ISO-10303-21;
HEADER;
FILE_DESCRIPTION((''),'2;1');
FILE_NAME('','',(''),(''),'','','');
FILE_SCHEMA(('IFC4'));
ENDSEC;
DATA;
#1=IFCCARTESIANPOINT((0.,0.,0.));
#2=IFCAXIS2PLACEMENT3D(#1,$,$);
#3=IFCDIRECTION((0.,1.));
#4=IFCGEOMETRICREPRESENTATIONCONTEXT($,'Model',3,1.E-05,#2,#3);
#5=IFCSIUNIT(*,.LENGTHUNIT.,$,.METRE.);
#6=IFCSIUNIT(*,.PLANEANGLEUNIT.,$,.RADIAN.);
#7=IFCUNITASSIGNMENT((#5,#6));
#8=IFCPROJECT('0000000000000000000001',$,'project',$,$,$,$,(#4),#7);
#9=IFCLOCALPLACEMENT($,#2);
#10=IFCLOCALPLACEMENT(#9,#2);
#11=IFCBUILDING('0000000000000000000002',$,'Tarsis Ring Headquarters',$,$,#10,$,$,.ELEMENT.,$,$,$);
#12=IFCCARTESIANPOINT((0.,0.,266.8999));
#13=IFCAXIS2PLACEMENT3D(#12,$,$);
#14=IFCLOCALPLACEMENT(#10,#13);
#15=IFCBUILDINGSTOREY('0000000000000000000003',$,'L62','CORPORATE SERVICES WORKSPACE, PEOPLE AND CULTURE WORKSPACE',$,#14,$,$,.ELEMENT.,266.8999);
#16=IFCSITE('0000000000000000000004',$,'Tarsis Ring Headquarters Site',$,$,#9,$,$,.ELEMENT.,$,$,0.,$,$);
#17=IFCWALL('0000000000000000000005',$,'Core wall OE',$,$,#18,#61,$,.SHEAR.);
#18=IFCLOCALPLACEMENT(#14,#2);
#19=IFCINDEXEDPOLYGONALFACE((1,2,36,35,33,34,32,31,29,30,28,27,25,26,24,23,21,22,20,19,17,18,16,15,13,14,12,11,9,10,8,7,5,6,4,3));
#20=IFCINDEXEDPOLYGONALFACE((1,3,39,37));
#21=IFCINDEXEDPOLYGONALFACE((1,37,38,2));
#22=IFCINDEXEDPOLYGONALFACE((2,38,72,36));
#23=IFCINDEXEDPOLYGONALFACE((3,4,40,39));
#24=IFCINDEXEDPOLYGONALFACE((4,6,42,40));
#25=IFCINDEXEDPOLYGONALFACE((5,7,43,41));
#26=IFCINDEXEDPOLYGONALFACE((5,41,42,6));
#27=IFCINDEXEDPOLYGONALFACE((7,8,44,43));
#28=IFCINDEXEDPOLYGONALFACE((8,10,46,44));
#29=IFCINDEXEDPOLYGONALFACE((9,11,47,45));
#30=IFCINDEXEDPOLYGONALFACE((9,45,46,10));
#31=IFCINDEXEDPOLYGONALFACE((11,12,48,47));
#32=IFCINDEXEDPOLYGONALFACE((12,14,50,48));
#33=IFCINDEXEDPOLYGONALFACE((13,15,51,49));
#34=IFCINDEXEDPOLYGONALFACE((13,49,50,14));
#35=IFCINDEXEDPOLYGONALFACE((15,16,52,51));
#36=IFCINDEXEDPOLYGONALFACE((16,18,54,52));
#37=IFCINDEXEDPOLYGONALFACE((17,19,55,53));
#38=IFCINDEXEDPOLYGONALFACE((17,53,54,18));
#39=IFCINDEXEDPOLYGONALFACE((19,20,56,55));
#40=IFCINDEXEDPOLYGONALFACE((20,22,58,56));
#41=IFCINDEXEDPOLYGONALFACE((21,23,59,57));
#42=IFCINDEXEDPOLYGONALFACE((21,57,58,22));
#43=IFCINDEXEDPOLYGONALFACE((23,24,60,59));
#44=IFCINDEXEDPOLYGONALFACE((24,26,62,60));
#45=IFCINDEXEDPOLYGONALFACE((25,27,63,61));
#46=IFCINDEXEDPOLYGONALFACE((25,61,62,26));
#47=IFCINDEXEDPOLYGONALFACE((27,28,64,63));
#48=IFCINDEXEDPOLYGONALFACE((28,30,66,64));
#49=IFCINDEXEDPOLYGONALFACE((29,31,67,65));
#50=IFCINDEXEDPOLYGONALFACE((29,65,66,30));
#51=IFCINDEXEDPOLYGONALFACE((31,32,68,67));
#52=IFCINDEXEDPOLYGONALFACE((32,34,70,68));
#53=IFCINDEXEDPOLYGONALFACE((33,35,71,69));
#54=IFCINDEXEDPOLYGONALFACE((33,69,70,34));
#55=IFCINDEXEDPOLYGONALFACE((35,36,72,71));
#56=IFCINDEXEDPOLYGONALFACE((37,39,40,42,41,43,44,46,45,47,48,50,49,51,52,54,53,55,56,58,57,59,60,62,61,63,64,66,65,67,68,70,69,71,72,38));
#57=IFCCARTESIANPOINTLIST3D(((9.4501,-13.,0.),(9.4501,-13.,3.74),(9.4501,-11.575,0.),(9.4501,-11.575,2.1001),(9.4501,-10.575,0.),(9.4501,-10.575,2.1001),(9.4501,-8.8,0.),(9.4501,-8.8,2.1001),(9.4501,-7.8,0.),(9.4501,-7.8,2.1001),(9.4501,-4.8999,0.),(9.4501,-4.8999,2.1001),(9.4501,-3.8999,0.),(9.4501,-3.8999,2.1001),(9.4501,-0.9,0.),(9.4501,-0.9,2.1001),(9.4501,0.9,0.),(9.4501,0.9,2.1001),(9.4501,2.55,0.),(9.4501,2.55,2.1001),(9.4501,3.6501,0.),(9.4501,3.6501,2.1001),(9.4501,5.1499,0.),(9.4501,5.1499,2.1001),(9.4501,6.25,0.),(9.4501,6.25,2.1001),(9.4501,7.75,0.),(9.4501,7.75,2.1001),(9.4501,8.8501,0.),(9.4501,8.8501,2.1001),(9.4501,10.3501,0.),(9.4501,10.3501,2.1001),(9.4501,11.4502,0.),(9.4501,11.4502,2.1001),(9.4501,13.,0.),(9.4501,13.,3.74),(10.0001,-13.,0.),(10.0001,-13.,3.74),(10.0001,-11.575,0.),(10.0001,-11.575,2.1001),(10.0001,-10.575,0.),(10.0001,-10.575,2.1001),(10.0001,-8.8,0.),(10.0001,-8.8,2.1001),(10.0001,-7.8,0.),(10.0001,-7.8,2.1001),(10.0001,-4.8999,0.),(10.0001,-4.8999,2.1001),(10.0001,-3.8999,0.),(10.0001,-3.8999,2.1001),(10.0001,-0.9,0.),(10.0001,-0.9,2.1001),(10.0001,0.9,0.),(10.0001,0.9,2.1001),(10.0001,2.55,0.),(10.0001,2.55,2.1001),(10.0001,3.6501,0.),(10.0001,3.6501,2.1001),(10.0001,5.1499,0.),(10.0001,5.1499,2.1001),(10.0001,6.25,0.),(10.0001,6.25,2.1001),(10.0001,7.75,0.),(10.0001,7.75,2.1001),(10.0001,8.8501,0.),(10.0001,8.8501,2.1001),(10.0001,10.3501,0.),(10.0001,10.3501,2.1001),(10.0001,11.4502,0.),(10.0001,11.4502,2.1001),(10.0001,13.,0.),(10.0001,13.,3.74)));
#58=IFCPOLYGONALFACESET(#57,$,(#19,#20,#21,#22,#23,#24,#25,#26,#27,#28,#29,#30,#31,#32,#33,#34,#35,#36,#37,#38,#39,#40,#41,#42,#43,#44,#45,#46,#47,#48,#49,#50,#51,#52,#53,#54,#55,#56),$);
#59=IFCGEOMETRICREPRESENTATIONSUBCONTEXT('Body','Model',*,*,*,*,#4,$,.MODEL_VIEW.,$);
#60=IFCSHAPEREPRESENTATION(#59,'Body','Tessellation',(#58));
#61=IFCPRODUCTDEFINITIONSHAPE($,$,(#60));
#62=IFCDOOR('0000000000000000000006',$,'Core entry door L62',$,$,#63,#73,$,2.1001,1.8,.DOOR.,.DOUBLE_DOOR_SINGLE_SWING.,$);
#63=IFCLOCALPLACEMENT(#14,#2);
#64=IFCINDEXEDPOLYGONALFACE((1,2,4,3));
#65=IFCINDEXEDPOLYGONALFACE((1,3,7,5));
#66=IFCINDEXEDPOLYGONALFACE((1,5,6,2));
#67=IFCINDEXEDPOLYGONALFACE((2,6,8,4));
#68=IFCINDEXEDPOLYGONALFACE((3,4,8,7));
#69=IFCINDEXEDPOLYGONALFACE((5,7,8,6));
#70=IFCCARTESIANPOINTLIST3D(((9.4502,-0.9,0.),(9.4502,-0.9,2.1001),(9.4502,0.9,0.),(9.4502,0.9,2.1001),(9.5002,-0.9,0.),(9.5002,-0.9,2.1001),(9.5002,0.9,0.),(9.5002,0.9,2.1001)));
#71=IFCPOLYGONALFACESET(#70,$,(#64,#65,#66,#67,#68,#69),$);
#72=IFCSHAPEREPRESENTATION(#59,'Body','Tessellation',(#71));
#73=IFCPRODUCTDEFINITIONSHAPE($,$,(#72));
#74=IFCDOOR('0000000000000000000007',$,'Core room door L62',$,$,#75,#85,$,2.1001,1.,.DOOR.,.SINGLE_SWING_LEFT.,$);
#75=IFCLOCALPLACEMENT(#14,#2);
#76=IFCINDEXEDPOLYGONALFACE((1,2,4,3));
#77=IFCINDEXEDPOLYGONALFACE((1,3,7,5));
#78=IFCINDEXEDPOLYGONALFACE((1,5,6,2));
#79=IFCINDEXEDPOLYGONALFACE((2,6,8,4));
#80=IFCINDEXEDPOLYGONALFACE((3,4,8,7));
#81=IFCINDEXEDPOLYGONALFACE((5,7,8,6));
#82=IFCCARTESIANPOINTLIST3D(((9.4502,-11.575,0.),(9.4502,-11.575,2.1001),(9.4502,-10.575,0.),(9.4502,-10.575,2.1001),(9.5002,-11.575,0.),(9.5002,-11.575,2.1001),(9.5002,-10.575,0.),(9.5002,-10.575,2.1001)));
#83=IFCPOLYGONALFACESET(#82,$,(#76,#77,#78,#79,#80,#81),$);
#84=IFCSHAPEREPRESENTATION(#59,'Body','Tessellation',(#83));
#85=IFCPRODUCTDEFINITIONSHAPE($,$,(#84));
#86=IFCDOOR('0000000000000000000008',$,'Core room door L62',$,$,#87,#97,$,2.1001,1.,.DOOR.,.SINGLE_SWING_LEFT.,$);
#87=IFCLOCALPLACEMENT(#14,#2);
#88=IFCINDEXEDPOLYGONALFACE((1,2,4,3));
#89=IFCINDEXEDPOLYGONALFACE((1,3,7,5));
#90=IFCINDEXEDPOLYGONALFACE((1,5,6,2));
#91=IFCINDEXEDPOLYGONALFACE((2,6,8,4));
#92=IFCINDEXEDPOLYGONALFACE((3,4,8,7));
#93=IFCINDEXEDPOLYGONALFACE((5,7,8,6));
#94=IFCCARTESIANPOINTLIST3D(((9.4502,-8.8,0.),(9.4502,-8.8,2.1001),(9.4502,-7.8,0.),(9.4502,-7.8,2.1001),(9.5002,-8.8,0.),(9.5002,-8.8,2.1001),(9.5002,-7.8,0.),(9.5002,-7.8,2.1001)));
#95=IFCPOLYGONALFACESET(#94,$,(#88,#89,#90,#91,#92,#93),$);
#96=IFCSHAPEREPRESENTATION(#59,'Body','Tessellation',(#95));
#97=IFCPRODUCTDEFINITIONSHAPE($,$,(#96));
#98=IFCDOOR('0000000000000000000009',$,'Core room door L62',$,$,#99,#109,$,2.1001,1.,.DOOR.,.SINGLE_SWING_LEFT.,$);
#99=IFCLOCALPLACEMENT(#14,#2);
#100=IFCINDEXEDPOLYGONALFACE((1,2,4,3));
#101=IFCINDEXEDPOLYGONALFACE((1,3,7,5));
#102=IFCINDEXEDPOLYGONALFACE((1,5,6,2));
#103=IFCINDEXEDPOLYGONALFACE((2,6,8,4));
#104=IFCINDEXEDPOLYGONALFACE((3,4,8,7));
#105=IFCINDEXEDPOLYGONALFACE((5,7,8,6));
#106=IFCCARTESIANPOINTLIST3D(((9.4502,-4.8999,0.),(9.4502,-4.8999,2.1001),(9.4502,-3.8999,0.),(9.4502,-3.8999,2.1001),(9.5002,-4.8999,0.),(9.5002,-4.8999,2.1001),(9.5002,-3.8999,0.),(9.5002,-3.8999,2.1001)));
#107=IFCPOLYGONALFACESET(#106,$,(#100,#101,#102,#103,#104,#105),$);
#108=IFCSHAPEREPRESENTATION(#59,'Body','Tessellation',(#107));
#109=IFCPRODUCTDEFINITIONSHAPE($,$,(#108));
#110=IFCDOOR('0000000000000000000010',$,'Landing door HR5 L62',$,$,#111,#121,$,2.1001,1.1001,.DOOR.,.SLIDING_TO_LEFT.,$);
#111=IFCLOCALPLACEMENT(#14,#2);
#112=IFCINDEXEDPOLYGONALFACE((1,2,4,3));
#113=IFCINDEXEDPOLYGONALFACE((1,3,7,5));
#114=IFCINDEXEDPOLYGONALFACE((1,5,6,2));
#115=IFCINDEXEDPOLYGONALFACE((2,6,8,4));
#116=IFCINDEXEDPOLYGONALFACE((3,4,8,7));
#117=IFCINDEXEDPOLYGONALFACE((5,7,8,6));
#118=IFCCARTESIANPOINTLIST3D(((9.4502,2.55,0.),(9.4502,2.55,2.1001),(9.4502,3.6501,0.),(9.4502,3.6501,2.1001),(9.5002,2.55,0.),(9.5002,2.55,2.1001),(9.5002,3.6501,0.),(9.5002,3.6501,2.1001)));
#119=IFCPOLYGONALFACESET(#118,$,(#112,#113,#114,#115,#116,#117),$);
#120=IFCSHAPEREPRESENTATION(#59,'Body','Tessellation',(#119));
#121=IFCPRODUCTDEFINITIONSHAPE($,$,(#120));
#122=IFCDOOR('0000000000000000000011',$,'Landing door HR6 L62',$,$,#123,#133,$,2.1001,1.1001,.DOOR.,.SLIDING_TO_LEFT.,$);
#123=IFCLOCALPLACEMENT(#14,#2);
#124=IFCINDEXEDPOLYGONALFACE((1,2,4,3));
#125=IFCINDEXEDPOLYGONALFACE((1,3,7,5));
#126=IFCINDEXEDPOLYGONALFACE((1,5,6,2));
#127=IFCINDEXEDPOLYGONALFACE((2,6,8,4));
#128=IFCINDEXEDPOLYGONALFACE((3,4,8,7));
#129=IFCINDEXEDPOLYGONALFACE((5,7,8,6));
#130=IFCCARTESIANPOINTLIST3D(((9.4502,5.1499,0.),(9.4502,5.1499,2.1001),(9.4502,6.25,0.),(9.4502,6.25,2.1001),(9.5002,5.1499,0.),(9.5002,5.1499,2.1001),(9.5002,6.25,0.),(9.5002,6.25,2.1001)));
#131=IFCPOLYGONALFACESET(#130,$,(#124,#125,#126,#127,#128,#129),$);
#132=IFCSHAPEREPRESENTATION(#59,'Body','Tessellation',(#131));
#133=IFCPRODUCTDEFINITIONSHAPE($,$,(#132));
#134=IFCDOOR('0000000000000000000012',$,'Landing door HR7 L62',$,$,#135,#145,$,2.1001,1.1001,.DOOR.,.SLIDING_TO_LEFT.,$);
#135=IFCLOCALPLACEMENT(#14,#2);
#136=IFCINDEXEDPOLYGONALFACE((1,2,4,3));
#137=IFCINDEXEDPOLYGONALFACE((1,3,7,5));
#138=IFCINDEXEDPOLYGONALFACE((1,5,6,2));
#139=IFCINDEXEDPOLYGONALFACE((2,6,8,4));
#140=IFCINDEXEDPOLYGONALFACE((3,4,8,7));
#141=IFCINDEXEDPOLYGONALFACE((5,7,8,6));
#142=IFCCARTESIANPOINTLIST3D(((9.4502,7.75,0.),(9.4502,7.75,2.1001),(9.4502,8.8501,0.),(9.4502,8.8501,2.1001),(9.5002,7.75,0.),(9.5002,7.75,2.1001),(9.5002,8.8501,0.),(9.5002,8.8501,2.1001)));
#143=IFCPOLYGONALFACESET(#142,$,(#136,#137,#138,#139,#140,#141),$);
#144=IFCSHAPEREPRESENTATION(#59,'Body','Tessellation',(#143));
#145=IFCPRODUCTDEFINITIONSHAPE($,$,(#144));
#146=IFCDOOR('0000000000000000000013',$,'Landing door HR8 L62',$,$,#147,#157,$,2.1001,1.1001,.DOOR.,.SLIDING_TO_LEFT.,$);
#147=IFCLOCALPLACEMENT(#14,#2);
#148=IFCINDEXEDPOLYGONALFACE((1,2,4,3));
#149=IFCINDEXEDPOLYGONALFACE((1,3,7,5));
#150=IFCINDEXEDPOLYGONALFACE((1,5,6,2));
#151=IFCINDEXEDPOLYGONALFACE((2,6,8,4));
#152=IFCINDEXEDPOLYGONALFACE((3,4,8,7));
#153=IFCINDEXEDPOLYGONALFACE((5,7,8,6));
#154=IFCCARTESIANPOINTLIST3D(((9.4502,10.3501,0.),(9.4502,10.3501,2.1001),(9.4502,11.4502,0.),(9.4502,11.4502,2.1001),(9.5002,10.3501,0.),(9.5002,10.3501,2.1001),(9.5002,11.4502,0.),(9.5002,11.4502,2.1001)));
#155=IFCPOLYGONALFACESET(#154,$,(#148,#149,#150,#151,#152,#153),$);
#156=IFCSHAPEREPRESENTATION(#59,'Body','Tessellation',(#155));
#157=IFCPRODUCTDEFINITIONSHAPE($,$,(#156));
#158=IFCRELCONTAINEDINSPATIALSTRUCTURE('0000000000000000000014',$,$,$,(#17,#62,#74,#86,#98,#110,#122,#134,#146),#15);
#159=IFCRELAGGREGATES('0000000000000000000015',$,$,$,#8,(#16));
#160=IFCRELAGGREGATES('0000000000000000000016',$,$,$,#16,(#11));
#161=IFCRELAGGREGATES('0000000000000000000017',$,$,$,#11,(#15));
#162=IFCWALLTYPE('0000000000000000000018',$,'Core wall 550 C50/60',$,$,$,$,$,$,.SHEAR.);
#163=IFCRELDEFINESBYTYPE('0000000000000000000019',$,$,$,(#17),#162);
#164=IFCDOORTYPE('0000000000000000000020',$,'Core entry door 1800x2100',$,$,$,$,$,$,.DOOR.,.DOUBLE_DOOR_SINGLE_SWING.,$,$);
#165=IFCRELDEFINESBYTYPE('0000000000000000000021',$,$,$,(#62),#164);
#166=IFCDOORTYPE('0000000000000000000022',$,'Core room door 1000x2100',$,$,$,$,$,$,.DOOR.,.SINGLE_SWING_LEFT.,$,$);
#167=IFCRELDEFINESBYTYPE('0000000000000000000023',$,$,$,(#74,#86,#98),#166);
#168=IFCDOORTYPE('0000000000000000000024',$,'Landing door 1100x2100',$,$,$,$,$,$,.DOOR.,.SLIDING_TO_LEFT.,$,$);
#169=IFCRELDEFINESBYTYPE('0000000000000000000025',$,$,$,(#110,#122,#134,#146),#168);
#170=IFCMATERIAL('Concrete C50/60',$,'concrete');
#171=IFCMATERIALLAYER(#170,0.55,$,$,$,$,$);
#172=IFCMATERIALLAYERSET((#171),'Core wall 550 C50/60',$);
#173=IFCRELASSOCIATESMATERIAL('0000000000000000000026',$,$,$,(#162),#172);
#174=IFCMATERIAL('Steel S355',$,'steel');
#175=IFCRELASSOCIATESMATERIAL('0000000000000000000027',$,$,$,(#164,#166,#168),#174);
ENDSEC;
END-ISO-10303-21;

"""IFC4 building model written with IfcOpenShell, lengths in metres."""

from ifc_helpers import new_model, si_unit, direction, frame, frame_2d, origin, place, context, subcontext, project, spatial, rectangle, extrude, material, layer, layer_set, type_object, element, fill, save


model = new_model("IFC4")

# Units and contexts
model_context = context("Model", 3, precision=1e-05, world=origin(), true_north=direction((0.0, 1.0)))
body_context = subcontext(model_context, "Body", "Model", "MODEL_VIEW")
ifc_project = project(units=[si_unit("LENGTHUNIT", "METRE"), si_unit("PLANEANGLEUNIT", "RADIAN")], contexts=[model_context])

# Site, building, storey
site_placement = place(None, origin())
site = spatial("IfcSite", under=ifc_project, at=site_placement, Name="Tarsis Ring Headquarters Site", CompositionType="ELEMENT", RefElevation=0.0)
building_placement = place(site_placement, origin())
building = spatial("IfcBuilding", under=site, at=building_placement, Name="Tarsis Ring Headquarters", CompositionType="ELEMENT")
storey_placement = place(building_placement, frame((0.0, 0.0, 266.8999)))
storey = spatial("IfcBuildingStorey", under=building, at=storey_placement, Name="L62", Description="CORPORATE SERVICES WORKSPACE, PEOPLE AND CULTURE WORKSPACE", CompositionType="ELEMENT", Elevation=266.8999)

# Wall, openings, doors
ifc_material_1 = material(Name="Concrete C50/60", Category="concrete")
ifc_layer_1 = layer(ifc_material_1, 0.55)
ifc_layer_set_1 = layer_set([ifc_layer_1], Name="Core wall 550 C50/60")
wall_type_1 = type_object("IfcWallType", Name="Core wall 550 C50/60", PredefinedType="SHEAR", material=ifc_layer_set_1)
wall_1_placement = place(storey_placement, frame((9.7251, -13.0, 0.0), z_axis=(0.0, 0.0, 1.0), x_axis=(0.0, 1.0, 0.0)))
wall_1 = element("IfcWall", 1, at=wall_1_placement, inside=storey, type_object=wall_type_1, Name="Core wall OE", PredefinedType="SHEAR", context=body_context, shape_type="SweptSolid", body=[
    extrude(rectangle(XDim=26.0, YDim=0.55, at=frame_2d((13.0, 0.0))), origin(), (0.0, 0.0, 1.0), 3.74),
])
opening_1_placement = place(wall_1_placement, frame((1.425, 0.0, 0.0)))
opening_1 = element("IfcOpeningElement", 2, at=opening_1_placement, cuts=wall_1, PredefinedType="OPENING", context=body_context, shape_type="SweptSolid", body=[
    extrude(rectangle(XDim=1.0, YDim=2.1001, at=frame_2d((0.5, 1.05))), frame((0.0, 0.2849, 0.0), z_axis=(0.0, -1.0, 0.0), x_axis=(1.0, 0.0, 0.0)), (0.0, 0.0, 1.0), 0.5701),
])
opening_2_placement = place(wall_1_placement, frame((4.2, 0.0, 0.0)))
opening_2 = element("IfcOpeningElement", 3, at=opening_2_placement, cuts=wall_1, PredefinedType="OPENING", context=body_context, shape_type="SweptSolid", body=[
    extrude(rectangle(XDim=1.0, YDim=2.1001, at=frame_2d((0.5, 1.05))), frame((0.0, 0.2849, 0.0), z_axis=(0.0, -1.0, 0.0), x_axis=(1.0, 0.0, 0.0)), (0.0, 0.0, 1.0), 0.5701),
])
opening_3_placement = place(wall_1_placement, frame((8.1001, 0.0, 0.0)))
opening_3 = element("IfcOpeningElement", 4, at=opening_3_placement, cuts=wall_1, PredefinedType="OPENING", context=body_context, shape_type="SweptSolid", body=[
    extrude(rectangle(XDim=1.0, YDim=2.1001, at=frame_2d((0.5, 1.05))), frame((0.0, 0.2849, 0.0), z_axis=(0.0, -1.0, 0.0), x_axis=(1.0, 0.0, 0.0)), (0.0, 0.0, 1.0), 0.5701),
])
opening_4_placement = place(wall_1_placement, frame((12.1001, 0.0, 0.0)))
opening_4 = element("IfcOpeningElement", 5, at=opening_4_placement, cuts=wall_1, PredefinedType="OPENING", context=body_context, shape_type="SweptSolid", body=[
    extrude(rectangle(XDim=1.8, YDim=2.1001, at=frame_2d((0.8999, 1.05))), frame((0.0, 0.2849, 0.0), z_axis=(0.0, -1.0, 0.0), x_axis=(1.0, 0.0, 0.0)), (0.0, 0.0, 1.0), 0.5701),
])
opening_5_placement = place(wall_1_placement, frame((15.55, 0.0, 0.0)))
opening_5 = element("IfcOpeningElement", 6, at=opening_5_placement, cuts=wall_1, PredefinedType="OPENING", context=body_context, shape_type="SweptSolid", body=[
    extrude(rectangle(XDim=1.1001, YDim=2.1001, at=frame_2d((0.55, 1.05))), frame((0.0, 0.2849, 0.0), z_axis=(0.0, -1.0, 0.0), x_axis=(1.0, 0.0, 0.0)), (0.0, 0.0, 1.0), 0.5701),
])
opening_6_placement = place(wall_1_placement, frame((18.1499, 0.0, 0.0)))
opening_6 = element("IfcOpeningElement", 7, at=opening_6_placement, cuts=wall_1, PredefinedType="OPENING", context=body_context, shape_type="SweptSolid", body=[
    extrude(rectangle(XDim=1.1001, YDim=2.1001, at=frame_2d((0.55, 1.05))), frame((0.0, 0.2849, 0.0), z_axis=(0.0, -1.0, 0.0), x_axis=(1.0, 0.0, 0.0)), (0.0, 0.0, 1.0), 0.5701),
])
opening_7_placement = place(wall_1_placement, frame((20.75, 0.0, 0.0)))
opening_7 = element("IfcOpeningElement", 8, at=opening_7_placement, cuts=wall_1, PredefinedType="OPENING", context=body_context, shape_type="SweptSolid", body=[
    extrude(rectangle(XDim=1.1001, YDim=2.1001, at=frame_2d((0.55, 1.05))), frame((0.0, 0.2849, 0.0), z_axis=(0.0, -1.0, 0.0), x_axis=(1.0, 0.0, 0.0)), (0.0, 0.0, 1.0), 0.5701),
])
opening_8_placement = place(wall_1_placement, frame((23.3501, 0.0, 0.0)))
opening_8 = element("IfcOpeningElement", 9, at=opening_8_placement, cuts=wall_1, PredefinedType="OPENING", context=body_context, shape_type="SweptSolid", body=[
    extrude(rectangle(XDim=1.1001, YDim=2.1001, at=frame_2d((0.55, 1.05))), frame((0.0, 0.2849, 0.0), z_axis=(0.0, -1.0, 0.0), x_axis=(1.0, 0.0, 0.0)), (0.0, 0.0, 1.0), 0.5701),
])
ifc_material_2 = material(Name="Steel S355", Category="steel")
door_type_1 = type_object("IfcDoorType", Name="Core entry door 1800x2100", OperationType="DOUBLE_DOOR_SINGLE_SWING", PredefinedType="DOOR", material=ifc_material_2)
door_1_placement = place(opening_4_placement, origin())
door_1 = element("IfcDoor", 10, at=door_1_placement, inside=storey, type_object=door_type_1, Name="Core entry door L62", OperationType="DOUBLE_DOOR_SINGLE_SWING", OverallHeight=2.1001, OverallWidth=1.8, PredefinedType="DOOR", context=body_context, shape_type="SweptSolid", body=[
    extrude(rectangle(XDim=1.8, YDim=2.1001, at=frame_2d((0.8999, 1.05))), frame((0.0, 0.2749, 0.0), z_axis=(0.0, -1.0, 0.0), x_axis=(1.0, 0.0, 0.0)), (0.0, 0.0, 1.0), 0.05),
])
fill(opening_4, door_1)
door_type_2 = type_object("IfcDoorType", Name="Core room door 1000x2100", OperationType="SINGLE_SWING_LEFT", PredefinedType="DOOR", material=ifc_material_2)
door_2_placement = place(opening_1_placement, origin())
door_2 = element("IfcDoor", 11, at=door_2_placement, inside=storey, type_object=door_type_2, Name="Core room door L62", OperationType="SINGLE_SWING_LEFT", OverallHeight=2.1001, OverallWidth=1.0, PredefinedType="DOOR", context=body_context, shape_type="SweptSolid", body=[
    extrude(rectangle(XDim=1.0, YDim=2.1001, at=frame_2d((0.5, 1.05))), frame((0.0, 0.2749, 0.0), z_axis=(0.0, -1.0, 0.0), x_axis=(1.0, 0.0, 0.0)), (0.0, 0.0, 1.0), 0.05),
])
fill(opening_1, door_2)
door_3_placement = place(opening_2_placement, origin())
door_3 = element("IfcDoor", 12, at=door_3_placement, inside=storey, type_object=door_type_2, Name="Core room door L62", OperationType="SINGLE_SWING_LEFT", OverallHeight=2.1001, OverallWidth=1.0, PredefinedType="DOOR", context=body_context, shape_type="SweptSolid", body=[
    extrude(rectangle(XDim=1.0, YDim=2.1001, at=frame_2d((0.5, 1.05))), frame((0.0, 0.2749, 0.0), z_axis=(0.0, -1.0, 0.0), x_axis=(1.0, 0.0, 0.0)), (0.0, 0.0, 1.0), 0.05),
])
fill(opening_2, door_3)
door_4_placement = place(opening_3_placement, origin())
door_4 = element("IfcDoor", 13, at=door_4_placement, inside=storey, type_object=door_type_2, Name="Core room door L62", OperationType="SINGLE_SWING_LEFT", OverallHeight=2.1001, OverallWidth=1.0, PredefinedType="DOOR", context=body_context, shape_type="SweptSolid", body=[
    extrude(rectangle(XDim=1.0, YDim=2.1001, at=frame_2d((0.5, 1.05))), frame((0.0, 0.2749, 0.0), z_axis=(0.0, -1.0, 0.0), x_axis=(1.0, 0.0, 0.0)), (0.0, 0.0, 1.0), 0.05),
])
fill(opening_3, door_4)
door_type_3 = type_object("IfcDoorType", Name="Landing door 1100x2100", OperationType="SLIDING_TO_LEFT", PredefinedType="DOOR", material=ifc_material_2)
door_5_placement = place(opening_5_placement, origin())
door_5 = element("IfcDoor", 14, at=door_5_placement, inside=storey, type_object=door_type_3, Name="Landing door HR5 L62", OperationType="SLIDING_TO_LEFT", OverallHeight=2.1001, OverallWidth=1.1001, PredefinedType="DOOR", context=body_context, shape_type="SweptSolid", body=[
    extrude(rectangle(XDim=1.1001, YDim=2.1001, at=frame_2d((0.55, 1.05))), frame((0.0, 0.2749, 0.0), z_axis=(0.0, -1.0, 0.0), x_axis=(1.0, 0.0, 0.0)), (0.0, 0.0, 1.0), 0.05),
])
fill(opening_5, door_5)
door_6_placement = place(opening_6_placement, origin())
door_6 = element("IfcDoor", 15, at=door_6_placement, inside=storey, type_object=door_type_3, Name="Landing door HR6 L62", OperationType="SLIDING_TO_LEFT", OverallHeight=2.1001, OverallWidth=1.1001, PredefinedType="DOOR", context=body_context, shape_type="SweptSolid", body=[
    extrude(rectangle(XDim=1.1001, YDim=2.1001, at=frame_2d((0.55, 1.05))), frame((0.0, 0.2749, 0.0), z_axis=(0.0, -1.0, 0.0), x_axis=(1.0, 0.0, 0.0)), (0.0, 0.0, 1.0), 0.05),
])
fill(opening_6, door_6)
door_7_placement = place(opening_7_placement, origin())
door_7 = element("IfcDoor", 16, at=door_7_placement, inside=storey, type_object=door_type_3, Name="Landing door HR7 L62", OperationType="SLIDING_TO_LEFT", OverallHeight=2.1001, OverallWidth=1.1001, PredefinedType="DOOR", context=body_context, shape_type="SweptSolid", body=[
    extrude(rectangle(XDim=1.1001, YDim=2.1001, at=frame_2d((0.55, 1.05))), frame((0.0, 0.2749, 0.0), z_axis=(0.0, -1.0, 0.0), x_axis=(1.0, 0.0, 0.0)), (0.0, 0.0, 1.0), 0.05),
])
fill(opening_7, door_7)
door_8_placement = place(opening_8_placement, origin())
door_8 = element("IfcDoor", 17, at=door_8_placement, inside=storey, type_object=door_type_3, Name="Landing door HR8 L62", OperationType="SLIDING_TO_LEFT", OverallHeight=2.1001, OverallWidth=1.1001, PredefinedType="DOOR", context=body_context, shape_type="SweptSolid", body=[
    extrude(rectangle(XDim=1.1001, YDim=2.1001, at=frame_2d((0.55, 1.05))), frame((0.0, 0.2749, 0.0), z_axis=(0.0, -1.0, 0.0), x_axis=(1.0, 0.0, 0.0)), (0.0, 0.0, 1.0), 0.05),
])
fill(opening_8, door_8)

save(model, "model.ifc")
